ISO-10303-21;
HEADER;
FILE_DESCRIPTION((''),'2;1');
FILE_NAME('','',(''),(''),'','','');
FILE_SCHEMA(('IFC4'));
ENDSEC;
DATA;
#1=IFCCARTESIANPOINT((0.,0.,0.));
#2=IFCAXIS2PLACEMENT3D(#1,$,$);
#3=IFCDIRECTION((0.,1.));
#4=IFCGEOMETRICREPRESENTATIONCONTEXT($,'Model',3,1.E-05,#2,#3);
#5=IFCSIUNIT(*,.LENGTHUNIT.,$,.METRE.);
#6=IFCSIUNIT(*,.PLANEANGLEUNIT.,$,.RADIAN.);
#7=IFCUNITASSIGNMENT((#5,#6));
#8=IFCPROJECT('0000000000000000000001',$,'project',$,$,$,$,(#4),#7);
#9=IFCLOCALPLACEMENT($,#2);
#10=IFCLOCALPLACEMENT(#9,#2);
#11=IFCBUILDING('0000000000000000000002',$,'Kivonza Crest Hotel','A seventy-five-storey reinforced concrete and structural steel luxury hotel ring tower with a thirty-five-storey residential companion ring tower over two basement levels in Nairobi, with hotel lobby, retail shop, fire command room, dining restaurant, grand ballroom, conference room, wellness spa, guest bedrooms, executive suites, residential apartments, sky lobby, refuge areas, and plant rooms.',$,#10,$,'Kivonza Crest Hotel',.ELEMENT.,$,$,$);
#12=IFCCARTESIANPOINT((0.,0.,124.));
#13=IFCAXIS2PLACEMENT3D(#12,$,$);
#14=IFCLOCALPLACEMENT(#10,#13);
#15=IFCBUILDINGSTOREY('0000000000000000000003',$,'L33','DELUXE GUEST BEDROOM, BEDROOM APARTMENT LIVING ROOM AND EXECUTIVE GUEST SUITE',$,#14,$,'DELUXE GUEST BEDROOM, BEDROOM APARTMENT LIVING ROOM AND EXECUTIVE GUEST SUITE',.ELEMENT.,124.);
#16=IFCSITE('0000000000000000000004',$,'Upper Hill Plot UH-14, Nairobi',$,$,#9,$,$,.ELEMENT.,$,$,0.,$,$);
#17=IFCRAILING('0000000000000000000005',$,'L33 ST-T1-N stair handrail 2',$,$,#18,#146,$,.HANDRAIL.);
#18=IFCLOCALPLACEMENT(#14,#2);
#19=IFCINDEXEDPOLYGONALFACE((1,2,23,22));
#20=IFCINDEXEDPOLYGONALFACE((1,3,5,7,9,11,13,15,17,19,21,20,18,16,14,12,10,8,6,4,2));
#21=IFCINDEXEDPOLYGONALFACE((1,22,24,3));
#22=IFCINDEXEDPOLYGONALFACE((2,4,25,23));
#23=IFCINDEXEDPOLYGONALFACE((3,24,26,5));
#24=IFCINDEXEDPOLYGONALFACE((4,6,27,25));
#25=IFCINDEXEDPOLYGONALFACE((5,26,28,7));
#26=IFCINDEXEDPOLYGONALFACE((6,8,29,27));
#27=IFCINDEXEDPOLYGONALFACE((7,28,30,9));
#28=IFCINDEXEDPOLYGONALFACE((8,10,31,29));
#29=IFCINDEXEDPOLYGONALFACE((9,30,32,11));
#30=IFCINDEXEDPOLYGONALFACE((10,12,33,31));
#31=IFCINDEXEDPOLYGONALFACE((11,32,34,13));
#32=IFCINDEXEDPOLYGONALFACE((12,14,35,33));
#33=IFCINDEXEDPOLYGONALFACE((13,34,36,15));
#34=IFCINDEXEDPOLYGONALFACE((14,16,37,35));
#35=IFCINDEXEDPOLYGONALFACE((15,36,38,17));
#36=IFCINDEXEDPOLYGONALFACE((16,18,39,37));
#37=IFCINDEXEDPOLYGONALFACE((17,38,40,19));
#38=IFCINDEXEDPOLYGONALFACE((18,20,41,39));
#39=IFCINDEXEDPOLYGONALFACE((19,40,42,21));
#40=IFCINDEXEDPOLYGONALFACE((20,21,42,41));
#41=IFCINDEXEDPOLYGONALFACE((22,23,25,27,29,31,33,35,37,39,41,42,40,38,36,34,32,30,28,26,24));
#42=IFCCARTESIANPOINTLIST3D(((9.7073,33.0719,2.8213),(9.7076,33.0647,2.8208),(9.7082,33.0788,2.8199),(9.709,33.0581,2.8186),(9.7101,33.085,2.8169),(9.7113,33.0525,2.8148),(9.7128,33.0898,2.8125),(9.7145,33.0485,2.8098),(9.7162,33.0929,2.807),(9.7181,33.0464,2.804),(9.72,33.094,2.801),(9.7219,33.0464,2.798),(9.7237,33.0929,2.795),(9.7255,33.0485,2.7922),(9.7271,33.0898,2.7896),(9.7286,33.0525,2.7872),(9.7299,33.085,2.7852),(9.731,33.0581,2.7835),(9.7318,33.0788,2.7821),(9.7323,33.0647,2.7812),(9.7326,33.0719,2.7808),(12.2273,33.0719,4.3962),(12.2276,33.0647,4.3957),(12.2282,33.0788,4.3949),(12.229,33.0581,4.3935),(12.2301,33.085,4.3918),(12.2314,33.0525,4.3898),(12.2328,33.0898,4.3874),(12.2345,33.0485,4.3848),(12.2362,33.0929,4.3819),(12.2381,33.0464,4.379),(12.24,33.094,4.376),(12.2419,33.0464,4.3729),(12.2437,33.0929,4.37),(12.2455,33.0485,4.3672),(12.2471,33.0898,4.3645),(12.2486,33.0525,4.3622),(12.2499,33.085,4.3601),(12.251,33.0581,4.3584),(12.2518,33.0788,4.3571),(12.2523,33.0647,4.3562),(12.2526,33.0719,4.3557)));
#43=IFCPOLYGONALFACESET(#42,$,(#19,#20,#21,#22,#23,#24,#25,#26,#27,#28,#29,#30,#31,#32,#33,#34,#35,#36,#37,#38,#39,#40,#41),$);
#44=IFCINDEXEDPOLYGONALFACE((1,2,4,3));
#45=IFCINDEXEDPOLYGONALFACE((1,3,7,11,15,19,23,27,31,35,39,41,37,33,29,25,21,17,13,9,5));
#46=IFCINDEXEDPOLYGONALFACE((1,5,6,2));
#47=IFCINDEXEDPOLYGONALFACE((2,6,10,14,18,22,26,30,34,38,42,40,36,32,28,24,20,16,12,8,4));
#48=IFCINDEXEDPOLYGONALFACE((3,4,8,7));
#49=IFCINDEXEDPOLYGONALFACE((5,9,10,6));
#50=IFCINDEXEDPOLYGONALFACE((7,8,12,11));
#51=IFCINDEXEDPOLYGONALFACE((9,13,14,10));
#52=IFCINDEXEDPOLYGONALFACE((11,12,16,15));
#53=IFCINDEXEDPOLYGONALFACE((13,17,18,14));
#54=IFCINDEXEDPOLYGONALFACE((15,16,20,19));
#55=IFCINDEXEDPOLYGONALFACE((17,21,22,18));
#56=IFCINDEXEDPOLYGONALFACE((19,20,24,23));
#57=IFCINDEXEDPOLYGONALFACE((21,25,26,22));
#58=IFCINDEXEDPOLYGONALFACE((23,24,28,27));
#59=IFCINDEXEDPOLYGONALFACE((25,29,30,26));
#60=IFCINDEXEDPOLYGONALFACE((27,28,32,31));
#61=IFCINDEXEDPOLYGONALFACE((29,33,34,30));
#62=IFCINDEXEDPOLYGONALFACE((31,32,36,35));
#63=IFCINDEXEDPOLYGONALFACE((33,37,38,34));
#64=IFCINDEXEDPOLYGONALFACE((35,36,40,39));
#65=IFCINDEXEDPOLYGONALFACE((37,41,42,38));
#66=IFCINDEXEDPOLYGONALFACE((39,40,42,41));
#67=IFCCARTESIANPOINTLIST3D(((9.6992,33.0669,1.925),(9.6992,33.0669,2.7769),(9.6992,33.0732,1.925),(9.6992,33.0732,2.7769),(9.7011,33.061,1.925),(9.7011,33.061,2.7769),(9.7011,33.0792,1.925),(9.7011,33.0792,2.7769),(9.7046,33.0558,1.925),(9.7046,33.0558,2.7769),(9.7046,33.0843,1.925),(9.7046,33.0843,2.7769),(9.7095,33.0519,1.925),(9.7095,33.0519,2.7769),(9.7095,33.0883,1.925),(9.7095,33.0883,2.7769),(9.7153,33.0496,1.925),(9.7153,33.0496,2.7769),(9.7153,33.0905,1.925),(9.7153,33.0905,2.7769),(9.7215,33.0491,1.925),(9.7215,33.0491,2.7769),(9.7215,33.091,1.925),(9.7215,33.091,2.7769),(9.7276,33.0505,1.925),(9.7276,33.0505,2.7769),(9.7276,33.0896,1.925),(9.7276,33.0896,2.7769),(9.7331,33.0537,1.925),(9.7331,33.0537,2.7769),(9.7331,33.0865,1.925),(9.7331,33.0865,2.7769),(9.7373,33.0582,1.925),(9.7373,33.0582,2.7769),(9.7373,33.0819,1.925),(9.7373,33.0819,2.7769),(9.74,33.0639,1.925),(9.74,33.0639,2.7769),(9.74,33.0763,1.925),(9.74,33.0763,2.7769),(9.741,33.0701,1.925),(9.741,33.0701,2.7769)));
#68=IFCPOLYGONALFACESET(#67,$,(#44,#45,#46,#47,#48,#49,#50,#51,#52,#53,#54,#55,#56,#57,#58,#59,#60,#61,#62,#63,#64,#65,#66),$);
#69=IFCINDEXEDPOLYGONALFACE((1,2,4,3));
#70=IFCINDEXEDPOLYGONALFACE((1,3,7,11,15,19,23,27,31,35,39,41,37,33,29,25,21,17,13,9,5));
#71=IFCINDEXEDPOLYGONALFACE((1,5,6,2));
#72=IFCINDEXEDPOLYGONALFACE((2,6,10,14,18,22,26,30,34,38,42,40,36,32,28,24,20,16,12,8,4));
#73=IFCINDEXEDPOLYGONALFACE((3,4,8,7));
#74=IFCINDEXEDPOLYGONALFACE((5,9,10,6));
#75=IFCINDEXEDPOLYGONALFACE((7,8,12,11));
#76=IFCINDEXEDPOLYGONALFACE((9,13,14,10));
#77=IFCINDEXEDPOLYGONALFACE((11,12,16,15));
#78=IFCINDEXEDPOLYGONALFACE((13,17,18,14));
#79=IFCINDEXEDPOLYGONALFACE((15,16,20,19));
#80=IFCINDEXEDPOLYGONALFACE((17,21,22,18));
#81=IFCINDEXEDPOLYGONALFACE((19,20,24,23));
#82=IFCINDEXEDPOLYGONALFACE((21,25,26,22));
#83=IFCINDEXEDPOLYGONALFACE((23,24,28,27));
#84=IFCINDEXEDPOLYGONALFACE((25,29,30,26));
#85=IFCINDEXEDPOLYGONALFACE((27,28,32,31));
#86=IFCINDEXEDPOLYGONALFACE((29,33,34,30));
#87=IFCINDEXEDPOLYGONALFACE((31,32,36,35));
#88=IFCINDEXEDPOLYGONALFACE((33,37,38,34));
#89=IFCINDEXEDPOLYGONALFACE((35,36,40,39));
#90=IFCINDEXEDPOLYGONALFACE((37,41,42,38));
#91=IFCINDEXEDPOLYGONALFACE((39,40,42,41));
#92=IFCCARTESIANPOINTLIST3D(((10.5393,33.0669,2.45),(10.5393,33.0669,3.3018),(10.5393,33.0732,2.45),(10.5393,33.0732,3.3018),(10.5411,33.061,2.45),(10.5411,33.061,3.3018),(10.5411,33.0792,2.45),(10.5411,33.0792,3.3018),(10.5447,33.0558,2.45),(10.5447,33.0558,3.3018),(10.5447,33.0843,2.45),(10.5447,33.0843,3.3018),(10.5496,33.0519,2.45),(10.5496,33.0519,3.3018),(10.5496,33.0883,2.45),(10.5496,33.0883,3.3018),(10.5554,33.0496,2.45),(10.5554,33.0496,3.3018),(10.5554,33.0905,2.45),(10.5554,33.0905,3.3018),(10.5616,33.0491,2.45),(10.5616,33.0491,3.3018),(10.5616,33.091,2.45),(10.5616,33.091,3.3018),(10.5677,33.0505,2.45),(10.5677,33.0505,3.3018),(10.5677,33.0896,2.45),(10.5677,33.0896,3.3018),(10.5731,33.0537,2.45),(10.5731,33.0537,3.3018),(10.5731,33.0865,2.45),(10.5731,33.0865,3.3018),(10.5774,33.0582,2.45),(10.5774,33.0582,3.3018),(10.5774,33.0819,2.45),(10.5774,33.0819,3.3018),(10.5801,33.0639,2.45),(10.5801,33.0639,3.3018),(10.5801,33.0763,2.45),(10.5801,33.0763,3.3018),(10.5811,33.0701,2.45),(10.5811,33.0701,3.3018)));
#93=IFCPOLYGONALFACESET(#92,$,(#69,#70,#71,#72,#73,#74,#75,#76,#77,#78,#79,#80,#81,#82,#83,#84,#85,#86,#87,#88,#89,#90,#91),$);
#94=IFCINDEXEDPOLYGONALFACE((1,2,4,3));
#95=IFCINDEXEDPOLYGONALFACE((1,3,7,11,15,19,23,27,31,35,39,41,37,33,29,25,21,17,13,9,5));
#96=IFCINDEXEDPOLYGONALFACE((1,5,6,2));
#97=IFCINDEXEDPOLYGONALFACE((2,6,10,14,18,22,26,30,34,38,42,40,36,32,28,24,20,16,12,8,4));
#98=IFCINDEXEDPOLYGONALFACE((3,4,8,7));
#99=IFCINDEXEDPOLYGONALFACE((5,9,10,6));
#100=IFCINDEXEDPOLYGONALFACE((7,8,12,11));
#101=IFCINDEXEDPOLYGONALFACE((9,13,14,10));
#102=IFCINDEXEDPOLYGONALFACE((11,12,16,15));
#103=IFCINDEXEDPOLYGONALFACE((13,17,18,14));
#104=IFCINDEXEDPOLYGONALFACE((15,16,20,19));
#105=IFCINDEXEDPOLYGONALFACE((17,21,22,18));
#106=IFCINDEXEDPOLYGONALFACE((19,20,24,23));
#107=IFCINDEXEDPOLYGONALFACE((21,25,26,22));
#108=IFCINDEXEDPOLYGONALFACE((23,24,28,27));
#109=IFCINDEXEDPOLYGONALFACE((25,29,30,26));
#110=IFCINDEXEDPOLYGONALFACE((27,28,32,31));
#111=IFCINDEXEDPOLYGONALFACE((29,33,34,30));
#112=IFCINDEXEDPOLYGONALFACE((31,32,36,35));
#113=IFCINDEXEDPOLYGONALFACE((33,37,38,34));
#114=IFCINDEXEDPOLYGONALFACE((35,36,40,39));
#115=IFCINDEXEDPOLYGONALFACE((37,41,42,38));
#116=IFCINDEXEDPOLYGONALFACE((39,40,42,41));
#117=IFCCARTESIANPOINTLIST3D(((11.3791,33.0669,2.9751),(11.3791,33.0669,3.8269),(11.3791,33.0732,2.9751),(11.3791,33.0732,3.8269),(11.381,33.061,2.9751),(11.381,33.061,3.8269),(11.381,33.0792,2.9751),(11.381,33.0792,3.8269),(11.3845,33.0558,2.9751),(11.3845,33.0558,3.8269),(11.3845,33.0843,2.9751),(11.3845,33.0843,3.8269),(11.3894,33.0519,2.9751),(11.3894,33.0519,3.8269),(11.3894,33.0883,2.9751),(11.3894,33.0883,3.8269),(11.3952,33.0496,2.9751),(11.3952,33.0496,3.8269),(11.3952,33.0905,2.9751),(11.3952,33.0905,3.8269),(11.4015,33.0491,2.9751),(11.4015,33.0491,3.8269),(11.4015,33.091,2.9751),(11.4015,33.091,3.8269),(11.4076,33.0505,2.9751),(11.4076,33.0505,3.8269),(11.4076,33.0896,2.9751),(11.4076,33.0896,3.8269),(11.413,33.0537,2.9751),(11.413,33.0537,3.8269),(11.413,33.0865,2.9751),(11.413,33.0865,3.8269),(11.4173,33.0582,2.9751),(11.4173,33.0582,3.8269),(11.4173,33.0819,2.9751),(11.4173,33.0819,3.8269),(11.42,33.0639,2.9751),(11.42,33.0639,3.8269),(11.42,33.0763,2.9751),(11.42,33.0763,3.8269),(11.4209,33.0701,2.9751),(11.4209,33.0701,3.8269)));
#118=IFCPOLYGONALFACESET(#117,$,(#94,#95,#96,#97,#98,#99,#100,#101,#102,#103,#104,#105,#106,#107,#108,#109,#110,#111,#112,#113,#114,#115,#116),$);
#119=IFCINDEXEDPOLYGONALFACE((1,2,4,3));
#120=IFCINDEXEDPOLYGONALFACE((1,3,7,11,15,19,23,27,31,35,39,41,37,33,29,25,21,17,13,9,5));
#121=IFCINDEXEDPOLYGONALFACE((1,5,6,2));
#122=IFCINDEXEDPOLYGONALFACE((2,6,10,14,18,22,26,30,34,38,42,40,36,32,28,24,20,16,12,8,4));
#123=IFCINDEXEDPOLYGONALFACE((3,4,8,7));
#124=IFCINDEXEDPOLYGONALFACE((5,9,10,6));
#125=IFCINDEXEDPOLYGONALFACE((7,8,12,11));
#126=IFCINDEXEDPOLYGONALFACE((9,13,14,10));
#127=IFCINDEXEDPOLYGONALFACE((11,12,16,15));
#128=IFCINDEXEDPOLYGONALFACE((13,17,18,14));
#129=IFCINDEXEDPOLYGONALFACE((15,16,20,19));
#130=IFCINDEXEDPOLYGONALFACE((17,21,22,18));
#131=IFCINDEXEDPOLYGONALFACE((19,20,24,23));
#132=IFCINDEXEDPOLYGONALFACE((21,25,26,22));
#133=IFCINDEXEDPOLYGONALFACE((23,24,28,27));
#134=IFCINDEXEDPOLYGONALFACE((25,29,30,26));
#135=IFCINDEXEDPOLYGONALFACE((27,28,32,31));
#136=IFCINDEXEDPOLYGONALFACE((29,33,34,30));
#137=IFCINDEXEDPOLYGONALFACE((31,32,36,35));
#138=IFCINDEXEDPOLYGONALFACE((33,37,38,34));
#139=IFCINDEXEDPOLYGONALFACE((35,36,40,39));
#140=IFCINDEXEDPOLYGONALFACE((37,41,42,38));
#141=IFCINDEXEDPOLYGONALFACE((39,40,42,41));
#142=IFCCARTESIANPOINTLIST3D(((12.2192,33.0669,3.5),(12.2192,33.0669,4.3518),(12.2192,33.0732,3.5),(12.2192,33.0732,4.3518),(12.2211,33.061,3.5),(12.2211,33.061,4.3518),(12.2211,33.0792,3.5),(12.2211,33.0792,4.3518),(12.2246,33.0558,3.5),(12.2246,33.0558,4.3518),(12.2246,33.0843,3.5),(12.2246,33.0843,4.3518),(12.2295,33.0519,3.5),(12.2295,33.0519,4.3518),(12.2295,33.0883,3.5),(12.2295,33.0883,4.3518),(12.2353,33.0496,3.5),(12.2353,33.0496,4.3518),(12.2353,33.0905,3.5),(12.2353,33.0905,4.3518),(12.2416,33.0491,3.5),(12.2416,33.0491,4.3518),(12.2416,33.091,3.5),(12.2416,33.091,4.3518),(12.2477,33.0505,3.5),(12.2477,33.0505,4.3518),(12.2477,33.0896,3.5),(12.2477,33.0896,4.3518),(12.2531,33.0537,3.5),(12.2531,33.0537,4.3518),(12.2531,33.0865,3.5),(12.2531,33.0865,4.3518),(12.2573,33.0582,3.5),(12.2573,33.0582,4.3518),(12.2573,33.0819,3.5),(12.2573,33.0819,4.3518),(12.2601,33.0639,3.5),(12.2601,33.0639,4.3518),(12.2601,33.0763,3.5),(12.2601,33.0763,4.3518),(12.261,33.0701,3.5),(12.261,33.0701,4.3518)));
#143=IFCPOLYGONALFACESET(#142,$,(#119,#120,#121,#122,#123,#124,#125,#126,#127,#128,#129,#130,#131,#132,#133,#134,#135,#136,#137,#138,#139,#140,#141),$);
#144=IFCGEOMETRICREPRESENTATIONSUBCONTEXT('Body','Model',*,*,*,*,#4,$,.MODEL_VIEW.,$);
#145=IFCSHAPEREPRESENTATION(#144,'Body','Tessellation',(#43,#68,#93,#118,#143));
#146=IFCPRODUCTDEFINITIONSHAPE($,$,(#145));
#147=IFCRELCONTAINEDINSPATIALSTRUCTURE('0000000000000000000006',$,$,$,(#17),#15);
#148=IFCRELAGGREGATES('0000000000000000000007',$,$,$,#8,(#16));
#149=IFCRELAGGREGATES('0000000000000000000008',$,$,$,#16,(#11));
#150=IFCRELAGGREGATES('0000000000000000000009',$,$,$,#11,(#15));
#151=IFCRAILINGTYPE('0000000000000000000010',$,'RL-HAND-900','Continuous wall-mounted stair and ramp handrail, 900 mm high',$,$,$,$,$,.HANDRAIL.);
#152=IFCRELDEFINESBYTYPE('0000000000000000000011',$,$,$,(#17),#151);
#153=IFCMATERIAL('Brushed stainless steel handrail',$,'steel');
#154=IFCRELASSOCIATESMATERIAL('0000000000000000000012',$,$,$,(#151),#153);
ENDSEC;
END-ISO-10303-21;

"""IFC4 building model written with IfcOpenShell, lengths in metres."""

from ifc_helpers import new_model, si_unit, direction, frame, origin, origin_2d, place, context, subcontext, project, spatial, circle, extrude, material, type_object, element, save


model = new_model("IFC4")

# Units and contexts
model_context = context("Model", 3, precision=1e-05, world=origin(), true_north=direction((0.0, 1.0)))
body_context = subcontext(model_context, "Body", "Model", "MODEL_VIEW")
ifc_project = project(units=[si_unit("LENGTHUNIT", "METRE"), si_unit("PLANEANGLEUNIT", "RADIAN")], contexts=[model_context])

# Site, building, storey
site_placement = place(None, origin())
site = spatial("IfcSite", under=ifc_project, at=site_placement, Name="Upper Hill Plot UH-14, Nairobi", CompositionType="ELEMENT", RefElevation=0.0)
building_placement = place(site_placement, origin())
building = spatial("IfcBuilding", under=site, at=building_placement, Name="Kivonza Crest Hotel", Description="A seventy-five-storey reinforced concrete and structural steel luxury hotel ring tower with a thirty-five-storey residential companion ring tower over two basement levels in Nairobi, with hotel lobby, retail shop, fire command room, dining restaurant, grand ballroom, conference room, wellness spa, guest bedrooms, executive suites, residential apartments, sky lobby, refuge areas, and plant rooms.", LongName="Kivonza Crest Hotel", CompositionType="ELEMENT")
storey_placement = place(building_placement, frame((0.0, 0.0, 124.0)))
storey = spatial("IfcBuildingStorey", under=building, at=storey_placement, Name="L33", Description="DELUXE GUEST BEDROOM, BEDROOM APARTMENT LIVING ROOM AND EXECUTIVE GUEST SUITE", LongName="DELUXE GUEST BEDROOM, BEDROOM APARTMENT LIVING ROOM AND EXECUTIVE GUEST SUITE", CompositionType="ELEMENT", Elevation=124.0)

# Railing
ifc_material_1 = material(Name="Brushed stainless steel handrail", Category="steel")
railing_type_1 = type_object("IfcRailingType", Name="RL-HAND-900", Description="Continuous wall-mounted stair and ramp handrail, 900 mm high", PredefinedType="HANDRAIL", material=ifc_material_1)
railing_1_placement = place(storey_placement, frame((9.72, 33.0701, 1.925)))
element("IfcRailing", 1, at=railing_1_placement, inside=storey, type_object=railing_type_1, Name="L33 ST-T1-N stair handrail 2", PredefinedType="HANDRAIL", context=body_context, shape_type="SweptSolid", body=[
    extrude(circle(Radius=0.0239, at=origin_2d()), frame((0.0, 0.0, 0.876), z_axis=(0.848008, 0.0, 0.529984), x_axis=(0.0, 1.0, 0.0)), (0.0, 0.0, 1.0), 2.9717),
    extrude(circle(Radius=0.021, at=origin_2d()), origin(), (0.0, 0.0, 1.0), 0.8518),
    extrude(circle(Radius=0.021, at=origin_2d()), frame((0.8401, 0.0, 0.5249)), (0.0, 0.0, 1.0), 0.8518),
    extrude(circle(Radius=0.021, at=origin_2d()), frame((1.6799, 0.0, 1.05)), (0.0, 0.0, 1.0), 0.8518),
    extrude(circle(Radius=0.021, at=origin_2d()), frame((2.52, 0.0, 1.575)), (0.0, 0.0, 1.0), 0.8518),
])

save(model, "model.ifc")
